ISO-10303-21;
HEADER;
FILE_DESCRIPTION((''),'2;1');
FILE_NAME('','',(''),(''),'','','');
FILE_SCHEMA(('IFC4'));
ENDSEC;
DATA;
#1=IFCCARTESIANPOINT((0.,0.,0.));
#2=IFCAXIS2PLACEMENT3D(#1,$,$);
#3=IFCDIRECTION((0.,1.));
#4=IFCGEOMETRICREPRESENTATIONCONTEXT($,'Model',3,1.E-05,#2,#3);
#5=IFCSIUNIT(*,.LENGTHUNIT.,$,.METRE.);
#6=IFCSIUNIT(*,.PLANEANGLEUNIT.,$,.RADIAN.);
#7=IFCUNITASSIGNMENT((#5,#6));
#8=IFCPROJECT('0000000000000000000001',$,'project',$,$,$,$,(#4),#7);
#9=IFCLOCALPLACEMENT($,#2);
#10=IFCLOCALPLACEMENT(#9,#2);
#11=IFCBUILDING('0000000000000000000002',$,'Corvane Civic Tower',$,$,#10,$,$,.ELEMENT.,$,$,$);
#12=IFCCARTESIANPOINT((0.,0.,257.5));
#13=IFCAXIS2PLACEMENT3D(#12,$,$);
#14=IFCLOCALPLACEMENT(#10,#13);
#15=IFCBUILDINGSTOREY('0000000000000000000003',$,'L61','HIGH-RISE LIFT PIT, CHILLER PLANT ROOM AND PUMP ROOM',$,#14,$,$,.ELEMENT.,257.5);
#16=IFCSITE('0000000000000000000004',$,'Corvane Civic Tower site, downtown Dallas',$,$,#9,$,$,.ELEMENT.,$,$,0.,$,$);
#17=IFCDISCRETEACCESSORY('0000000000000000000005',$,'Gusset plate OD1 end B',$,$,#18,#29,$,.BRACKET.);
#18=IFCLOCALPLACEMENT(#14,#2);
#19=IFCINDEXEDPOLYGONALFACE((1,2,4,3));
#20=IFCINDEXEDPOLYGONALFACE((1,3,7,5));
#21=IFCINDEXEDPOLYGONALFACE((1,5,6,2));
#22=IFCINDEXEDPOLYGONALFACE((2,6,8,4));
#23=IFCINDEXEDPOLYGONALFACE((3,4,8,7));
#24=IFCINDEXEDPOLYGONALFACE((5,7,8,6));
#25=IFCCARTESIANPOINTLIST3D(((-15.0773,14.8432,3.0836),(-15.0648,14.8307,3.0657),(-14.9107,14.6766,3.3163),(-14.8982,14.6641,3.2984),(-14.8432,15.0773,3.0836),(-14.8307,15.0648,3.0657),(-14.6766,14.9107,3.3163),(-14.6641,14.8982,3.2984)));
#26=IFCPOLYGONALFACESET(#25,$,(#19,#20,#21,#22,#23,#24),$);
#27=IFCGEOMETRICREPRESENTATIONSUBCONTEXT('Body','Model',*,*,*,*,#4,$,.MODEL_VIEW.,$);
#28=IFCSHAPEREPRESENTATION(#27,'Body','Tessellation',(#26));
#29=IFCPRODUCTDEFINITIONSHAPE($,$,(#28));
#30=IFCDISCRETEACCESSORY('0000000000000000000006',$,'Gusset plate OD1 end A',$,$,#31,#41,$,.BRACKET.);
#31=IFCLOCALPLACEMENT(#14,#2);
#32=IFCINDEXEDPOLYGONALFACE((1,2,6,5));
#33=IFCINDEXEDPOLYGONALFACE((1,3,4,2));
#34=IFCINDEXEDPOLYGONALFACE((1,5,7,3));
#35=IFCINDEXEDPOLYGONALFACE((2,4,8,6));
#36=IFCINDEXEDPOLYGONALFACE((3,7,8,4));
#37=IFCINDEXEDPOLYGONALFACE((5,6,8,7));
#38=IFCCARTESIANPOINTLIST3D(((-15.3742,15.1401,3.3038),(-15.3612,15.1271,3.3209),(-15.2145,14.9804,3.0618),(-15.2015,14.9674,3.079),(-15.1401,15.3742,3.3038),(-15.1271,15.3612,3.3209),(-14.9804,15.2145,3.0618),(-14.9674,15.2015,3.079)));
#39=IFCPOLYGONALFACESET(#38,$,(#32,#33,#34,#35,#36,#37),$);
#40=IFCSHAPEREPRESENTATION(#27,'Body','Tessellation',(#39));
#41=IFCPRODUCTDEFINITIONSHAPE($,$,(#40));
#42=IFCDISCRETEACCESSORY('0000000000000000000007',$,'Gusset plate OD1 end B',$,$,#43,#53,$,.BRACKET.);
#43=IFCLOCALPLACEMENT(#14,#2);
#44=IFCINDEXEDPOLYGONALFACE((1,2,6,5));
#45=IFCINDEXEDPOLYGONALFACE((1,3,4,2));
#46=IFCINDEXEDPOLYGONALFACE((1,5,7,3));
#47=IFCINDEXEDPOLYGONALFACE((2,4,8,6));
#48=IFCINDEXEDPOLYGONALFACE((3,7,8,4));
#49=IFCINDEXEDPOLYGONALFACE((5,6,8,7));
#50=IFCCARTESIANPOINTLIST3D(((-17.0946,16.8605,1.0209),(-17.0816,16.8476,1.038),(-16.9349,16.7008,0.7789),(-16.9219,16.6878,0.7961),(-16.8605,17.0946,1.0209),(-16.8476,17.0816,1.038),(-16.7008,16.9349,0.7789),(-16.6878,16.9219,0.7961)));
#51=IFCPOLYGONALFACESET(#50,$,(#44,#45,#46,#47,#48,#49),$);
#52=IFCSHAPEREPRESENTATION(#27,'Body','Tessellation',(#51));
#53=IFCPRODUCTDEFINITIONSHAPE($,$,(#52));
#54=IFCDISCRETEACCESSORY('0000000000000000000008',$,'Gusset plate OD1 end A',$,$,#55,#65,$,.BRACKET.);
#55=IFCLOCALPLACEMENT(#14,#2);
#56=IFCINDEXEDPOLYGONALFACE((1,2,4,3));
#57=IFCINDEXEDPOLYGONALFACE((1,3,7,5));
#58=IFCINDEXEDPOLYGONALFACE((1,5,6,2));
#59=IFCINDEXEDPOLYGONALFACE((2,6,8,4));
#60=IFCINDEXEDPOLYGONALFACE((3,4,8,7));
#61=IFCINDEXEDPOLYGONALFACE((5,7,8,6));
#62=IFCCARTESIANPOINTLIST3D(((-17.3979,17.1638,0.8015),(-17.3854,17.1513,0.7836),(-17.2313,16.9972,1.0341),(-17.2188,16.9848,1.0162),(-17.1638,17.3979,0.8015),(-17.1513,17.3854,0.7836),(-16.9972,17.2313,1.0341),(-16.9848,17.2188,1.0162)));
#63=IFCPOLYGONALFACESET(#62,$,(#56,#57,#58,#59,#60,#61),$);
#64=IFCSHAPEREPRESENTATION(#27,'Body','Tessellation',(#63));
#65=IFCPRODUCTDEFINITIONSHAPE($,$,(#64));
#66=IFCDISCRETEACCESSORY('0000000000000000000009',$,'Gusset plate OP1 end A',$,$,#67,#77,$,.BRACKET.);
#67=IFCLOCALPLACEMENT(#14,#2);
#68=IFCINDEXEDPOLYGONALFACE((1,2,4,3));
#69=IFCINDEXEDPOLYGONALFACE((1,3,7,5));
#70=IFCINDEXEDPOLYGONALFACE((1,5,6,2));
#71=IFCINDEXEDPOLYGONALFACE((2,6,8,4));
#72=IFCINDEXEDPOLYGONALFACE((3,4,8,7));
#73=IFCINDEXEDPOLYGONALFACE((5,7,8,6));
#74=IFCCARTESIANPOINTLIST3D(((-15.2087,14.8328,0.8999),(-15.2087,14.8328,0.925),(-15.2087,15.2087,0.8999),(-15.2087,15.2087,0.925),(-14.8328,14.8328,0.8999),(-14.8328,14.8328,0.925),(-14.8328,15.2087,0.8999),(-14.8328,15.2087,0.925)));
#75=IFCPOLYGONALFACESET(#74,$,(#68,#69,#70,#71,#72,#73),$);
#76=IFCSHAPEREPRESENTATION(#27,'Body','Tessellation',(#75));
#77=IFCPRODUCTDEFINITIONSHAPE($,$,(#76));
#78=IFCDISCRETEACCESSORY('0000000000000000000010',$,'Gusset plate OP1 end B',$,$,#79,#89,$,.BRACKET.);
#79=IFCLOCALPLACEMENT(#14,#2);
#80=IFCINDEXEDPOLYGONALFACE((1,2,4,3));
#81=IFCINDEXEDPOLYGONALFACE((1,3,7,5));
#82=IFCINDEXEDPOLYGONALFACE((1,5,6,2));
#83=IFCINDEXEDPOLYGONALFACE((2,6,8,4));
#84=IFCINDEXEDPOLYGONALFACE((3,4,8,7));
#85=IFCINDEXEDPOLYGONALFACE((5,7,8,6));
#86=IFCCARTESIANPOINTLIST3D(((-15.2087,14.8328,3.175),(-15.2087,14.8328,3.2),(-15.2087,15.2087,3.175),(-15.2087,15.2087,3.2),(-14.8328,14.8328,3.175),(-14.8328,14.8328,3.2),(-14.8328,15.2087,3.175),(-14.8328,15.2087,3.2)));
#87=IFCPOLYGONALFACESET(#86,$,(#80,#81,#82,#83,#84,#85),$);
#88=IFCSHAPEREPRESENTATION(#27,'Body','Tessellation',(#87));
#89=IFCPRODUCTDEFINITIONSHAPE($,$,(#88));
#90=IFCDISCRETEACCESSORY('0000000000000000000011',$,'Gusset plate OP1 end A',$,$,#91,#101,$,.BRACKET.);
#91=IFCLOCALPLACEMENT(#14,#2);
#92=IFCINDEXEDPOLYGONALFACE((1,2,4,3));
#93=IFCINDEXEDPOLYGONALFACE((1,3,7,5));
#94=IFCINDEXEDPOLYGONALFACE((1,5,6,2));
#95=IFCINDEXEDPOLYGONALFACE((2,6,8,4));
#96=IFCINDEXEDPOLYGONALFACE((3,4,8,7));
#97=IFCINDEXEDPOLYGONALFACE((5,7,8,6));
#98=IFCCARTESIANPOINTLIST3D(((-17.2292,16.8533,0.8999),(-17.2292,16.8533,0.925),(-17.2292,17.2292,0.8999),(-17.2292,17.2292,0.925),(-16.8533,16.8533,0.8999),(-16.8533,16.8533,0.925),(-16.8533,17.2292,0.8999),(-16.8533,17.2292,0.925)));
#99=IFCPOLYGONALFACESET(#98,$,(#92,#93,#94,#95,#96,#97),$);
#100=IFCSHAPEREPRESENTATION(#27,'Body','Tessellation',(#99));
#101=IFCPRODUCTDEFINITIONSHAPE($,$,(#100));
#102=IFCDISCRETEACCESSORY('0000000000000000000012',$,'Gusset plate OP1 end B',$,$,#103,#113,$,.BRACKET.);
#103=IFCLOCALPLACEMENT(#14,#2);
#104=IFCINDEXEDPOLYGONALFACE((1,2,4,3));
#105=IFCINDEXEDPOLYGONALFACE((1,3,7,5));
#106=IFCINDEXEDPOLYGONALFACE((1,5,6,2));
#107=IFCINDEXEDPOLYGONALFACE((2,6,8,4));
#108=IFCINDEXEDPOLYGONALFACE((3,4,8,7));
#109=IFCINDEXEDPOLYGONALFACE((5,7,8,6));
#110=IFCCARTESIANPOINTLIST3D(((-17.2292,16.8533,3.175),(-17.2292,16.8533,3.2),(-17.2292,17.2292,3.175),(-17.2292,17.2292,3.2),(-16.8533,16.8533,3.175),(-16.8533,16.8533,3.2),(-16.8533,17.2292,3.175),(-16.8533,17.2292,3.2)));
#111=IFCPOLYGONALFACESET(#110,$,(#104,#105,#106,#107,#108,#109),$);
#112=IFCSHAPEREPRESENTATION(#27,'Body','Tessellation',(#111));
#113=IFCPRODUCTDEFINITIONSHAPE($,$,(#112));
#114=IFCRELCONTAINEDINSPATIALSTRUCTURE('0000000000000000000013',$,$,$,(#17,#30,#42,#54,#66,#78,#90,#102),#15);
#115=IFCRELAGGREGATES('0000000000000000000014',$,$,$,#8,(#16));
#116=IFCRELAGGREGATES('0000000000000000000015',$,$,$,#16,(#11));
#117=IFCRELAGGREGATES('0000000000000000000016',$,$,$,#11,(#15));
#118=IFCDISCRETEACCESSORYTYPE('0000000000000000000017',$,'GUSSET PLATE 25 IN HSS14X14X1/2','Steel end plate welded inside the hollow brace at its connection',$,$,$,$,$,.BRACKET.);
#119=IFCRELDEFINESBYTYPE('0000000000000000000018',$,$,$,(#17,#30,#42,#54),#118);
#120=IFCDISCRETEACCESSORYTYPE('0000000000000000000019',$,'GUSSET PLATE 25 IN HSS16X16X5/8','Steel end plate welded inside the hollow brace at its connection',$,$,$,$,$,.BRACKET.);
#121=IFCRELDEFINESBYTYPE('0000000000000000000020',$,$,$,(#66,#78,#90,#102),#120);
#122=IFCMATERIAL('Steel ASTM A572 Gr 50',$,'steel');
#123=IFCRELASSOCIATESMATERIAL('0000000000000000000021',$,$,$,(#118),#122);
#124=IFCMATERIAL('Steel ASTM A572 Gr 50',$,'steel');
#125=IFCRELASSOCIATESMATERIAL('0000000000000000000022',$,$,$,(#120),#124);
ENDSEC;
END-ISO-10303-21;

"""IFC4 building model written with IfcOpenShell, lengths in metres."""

from ifc_helpers import new_model, si_unit, direction, frame, origin, origin_2d, place, context, subcontext, project, spatial, rectangle, extrude, material, material_profile, profile_set, type_object, element, save


model = new_model("IFC4")

# Units and contexts
model_context = context("Model", 3, precision=1e-05, world=origin(), true_north=direction((0.0, 1.0)))
body_context = subcontext(model_context, "Body", "Model", "MODEL_VIEW")
ifc_project = project(units=[si_unit("LENGTHUNIT", "METRE"), si_unit("PLANEANGLEUNIT", "RADIAN")], contexts=[model_context])

# Site, building, storey
site_placement = place(None, origin())
site = spatial("IfcSite", under=ifc_project, at=site_placement, Name="Corvane Civic Tower site, downtown Dallas", CompositionType="ELEMENT", RefElevation=0.0)
building_placement = place(site_placement, origin())
building = spatial("IfcBuilding", under=site, at=building_placement, Name="Corvane Civic Tower", CompositionType="ELEMENT")
storey_placement = place(building_placement, frame((0.0, 0.0, 257.5)))
storey = spatial("IfcBuildingStorey", under=building, at=storey_placement, Name="L61", Description="HIGH-RISE LIFT PIT, CHILLER PLANT ROOM AND PUMP ROOM", CompositionType="ELEMENT", Elevation=257.5)

# Discrete accessories
ifc_material_1 = material(Name="Steel ASTM A572 Gr 50", Category="steel")
ifc_material_profile_1 = material_profile(ifc_material_1, rectangle(XDim=0.3311, YDim=0.3311, at=origin_2d()), Name="GUSSET PLATE 25 IN HSS14X14X1/2")
ifc_profile_set_1 = profile_set([ifc_material_profile_1], Name="Steel ASTM A572 Gr 50")
discrete_accessory_type_1 = type_object("IfcDiscreteAccessoryType", Name="GUSSET PLATE 25 IN HSS14X14X1/2", Description="Steel end plate welded inside the hollow brace at its connection", PredefinedType="BRACKET", material=ifc_profile_set_1)
for number, where, z_axis, x_axis, name in (
    (1, (-14.877, 14.877, 3.2), (0.496976, -0.496976, -0.711358), (0.707107, 0.707107, 0.0), "Gusset plate OD1 end B"),
    (2, (-15.1643, 15.1643, 3.2), (-0.516784, 0.516784, -0.682545), (-0.707107, -0.707107, 0.0), "Gusset plate OD1 end A"),
    (3, (-16.8977, 16.8977, 0.8999), (0.516784, -0.516784, 0.682545), (0.707107, 0.707107, 0.0), "Gusset plate OD1 end B"),
    (4, (-17.1851, 17.1851, 0.8999), (-0.496976, 0.496976, 0.711358), (-0.707107, -0.707107, 0.0), "Gusset plate OD1 end A"),
):
    element("IfcDiscreteAccessory", number, at=place(storey_placement, frame(where, z_axis=z_axis, x_axis=x_axis)), inside=storey, type_object=discrete_accessory_type_1, Name=name, PredefinedType="BRACKET", context=body_context, shape_type="SweptSolid", body=[
        extrude(rectangle(XDim=0.3311, YDim=0.3311, at=origin_2d()), origin(), (0.0, 0.0, 1.0), 0.0251),
    ])
ifc_material_2 = material(Name="Steel ASTM A572 Gr 50", Category="steel")
ifc_material_profile_2 = material_profile(ifc_material_2, rectangle(XDim=0.376, YDim=0.376, at=origin_2d()), Name="GUSSET PLATE 25 IN HSS16X16X5/8")
ifc_profile_set_2 = profile_set([ifc_material_profile_2], Name="Steel ASTM A572 Gr 50")
discrete_accessory_type_2 = type_object("IfcDiscreteAccessoryType", Name="GUSSET PLATE 25 IN HSS16X16X5/8", Description="Steel end plate welded inside the hollow brace at its connection", PredefinedType="BRACKET", material=ifc_profile_set_2)
discrete_accessory_1_placement = place(storey_placement, frame((-15.0208, 15.0208, 0.8999), z_axis=(0.0, 0.0, 1.0), x_axis=(1.0, 0.0, 0.0)))
element("IfcDiscreteAccessory", 5, at=discrete_accessory_1_placement, inside=storey, type_object=discrete_accessory_type_2, Name="Gusset plate OP1 end A", PredefinedType="BRACKET", context=body_context, shape_type="SweptSolid", body=[
    extrude(rectangle(XDim=0.376, YDim=0.376, at=origin_2d()), origin(), (0.0, 0.0, 1.0), 0.0251),
])
discrete_accessory_2_placement = place(storey_placement, frame((-15.0208, 15.0208, 3.2), z_axis=(0.0, 0.0, -1.0), x_axis=(1.0, 0.0, 0.0)))
element("IfcDiscreteAccessory", 6, at=discrete_accessory_2_placement, inside=storey, type_object=discrete_accessory_type_2, Name="Gusset plate OP1 end B", PredefinedType="BRACKET", context=body_context, shape_type="SweptSolid", body=[
    extrude(rectangle(XDim=0.376, YDim=0.376, at=origin_2d()), origin(), (0.0, 0.0, 1.0), 0.0249),
])
discrete_accessory_3_placement = place(storey_placement, frame((-17.0413, 17.0413, 0.8999), z_axis=(0.0, 0.0, 1.0), x_axis=(1.0, 0.0, 0.0)))
element("IfcDiscreteAccessory", 7, at=discrete_accessory_3_placement, inside=storey, type_object=discrete_accessory_type_2, Name="Gusset plate OP1 end A", PredefinedType="BRACKET", context=body_context, shape_type="SweptSolid", body=[
    extrude(rectangle(XDim=0.376, YDim=0.376, at=origin_2d()), origin(), (0.0, 0.0, 1.0), 0.0251),
])
discrete_accessory_4_placement = place(storey_placement, frame((-17.0413, 17.0413, 3.2), z_axis=(0.0, 0.0, -1.0), x_axis=(1.0, 0.0, 0.0)))
element("IfcDiscreteAccessory", 8, at=discrete_accessory_4_placement, inside=storey, type_object=discrete_accessory_type_2, Name="Gusset plate OP1 end B", PredefinedType="BRACKET", context=body_context, shape_type="SweptSolid", body=[
    extrude(rectangle(XDim=0.376, YDim=0.376, at=origin_2d()), origin(), (0.0, 0.0, 1.0), 0.0249),
])

save(model, "model.ifc")
